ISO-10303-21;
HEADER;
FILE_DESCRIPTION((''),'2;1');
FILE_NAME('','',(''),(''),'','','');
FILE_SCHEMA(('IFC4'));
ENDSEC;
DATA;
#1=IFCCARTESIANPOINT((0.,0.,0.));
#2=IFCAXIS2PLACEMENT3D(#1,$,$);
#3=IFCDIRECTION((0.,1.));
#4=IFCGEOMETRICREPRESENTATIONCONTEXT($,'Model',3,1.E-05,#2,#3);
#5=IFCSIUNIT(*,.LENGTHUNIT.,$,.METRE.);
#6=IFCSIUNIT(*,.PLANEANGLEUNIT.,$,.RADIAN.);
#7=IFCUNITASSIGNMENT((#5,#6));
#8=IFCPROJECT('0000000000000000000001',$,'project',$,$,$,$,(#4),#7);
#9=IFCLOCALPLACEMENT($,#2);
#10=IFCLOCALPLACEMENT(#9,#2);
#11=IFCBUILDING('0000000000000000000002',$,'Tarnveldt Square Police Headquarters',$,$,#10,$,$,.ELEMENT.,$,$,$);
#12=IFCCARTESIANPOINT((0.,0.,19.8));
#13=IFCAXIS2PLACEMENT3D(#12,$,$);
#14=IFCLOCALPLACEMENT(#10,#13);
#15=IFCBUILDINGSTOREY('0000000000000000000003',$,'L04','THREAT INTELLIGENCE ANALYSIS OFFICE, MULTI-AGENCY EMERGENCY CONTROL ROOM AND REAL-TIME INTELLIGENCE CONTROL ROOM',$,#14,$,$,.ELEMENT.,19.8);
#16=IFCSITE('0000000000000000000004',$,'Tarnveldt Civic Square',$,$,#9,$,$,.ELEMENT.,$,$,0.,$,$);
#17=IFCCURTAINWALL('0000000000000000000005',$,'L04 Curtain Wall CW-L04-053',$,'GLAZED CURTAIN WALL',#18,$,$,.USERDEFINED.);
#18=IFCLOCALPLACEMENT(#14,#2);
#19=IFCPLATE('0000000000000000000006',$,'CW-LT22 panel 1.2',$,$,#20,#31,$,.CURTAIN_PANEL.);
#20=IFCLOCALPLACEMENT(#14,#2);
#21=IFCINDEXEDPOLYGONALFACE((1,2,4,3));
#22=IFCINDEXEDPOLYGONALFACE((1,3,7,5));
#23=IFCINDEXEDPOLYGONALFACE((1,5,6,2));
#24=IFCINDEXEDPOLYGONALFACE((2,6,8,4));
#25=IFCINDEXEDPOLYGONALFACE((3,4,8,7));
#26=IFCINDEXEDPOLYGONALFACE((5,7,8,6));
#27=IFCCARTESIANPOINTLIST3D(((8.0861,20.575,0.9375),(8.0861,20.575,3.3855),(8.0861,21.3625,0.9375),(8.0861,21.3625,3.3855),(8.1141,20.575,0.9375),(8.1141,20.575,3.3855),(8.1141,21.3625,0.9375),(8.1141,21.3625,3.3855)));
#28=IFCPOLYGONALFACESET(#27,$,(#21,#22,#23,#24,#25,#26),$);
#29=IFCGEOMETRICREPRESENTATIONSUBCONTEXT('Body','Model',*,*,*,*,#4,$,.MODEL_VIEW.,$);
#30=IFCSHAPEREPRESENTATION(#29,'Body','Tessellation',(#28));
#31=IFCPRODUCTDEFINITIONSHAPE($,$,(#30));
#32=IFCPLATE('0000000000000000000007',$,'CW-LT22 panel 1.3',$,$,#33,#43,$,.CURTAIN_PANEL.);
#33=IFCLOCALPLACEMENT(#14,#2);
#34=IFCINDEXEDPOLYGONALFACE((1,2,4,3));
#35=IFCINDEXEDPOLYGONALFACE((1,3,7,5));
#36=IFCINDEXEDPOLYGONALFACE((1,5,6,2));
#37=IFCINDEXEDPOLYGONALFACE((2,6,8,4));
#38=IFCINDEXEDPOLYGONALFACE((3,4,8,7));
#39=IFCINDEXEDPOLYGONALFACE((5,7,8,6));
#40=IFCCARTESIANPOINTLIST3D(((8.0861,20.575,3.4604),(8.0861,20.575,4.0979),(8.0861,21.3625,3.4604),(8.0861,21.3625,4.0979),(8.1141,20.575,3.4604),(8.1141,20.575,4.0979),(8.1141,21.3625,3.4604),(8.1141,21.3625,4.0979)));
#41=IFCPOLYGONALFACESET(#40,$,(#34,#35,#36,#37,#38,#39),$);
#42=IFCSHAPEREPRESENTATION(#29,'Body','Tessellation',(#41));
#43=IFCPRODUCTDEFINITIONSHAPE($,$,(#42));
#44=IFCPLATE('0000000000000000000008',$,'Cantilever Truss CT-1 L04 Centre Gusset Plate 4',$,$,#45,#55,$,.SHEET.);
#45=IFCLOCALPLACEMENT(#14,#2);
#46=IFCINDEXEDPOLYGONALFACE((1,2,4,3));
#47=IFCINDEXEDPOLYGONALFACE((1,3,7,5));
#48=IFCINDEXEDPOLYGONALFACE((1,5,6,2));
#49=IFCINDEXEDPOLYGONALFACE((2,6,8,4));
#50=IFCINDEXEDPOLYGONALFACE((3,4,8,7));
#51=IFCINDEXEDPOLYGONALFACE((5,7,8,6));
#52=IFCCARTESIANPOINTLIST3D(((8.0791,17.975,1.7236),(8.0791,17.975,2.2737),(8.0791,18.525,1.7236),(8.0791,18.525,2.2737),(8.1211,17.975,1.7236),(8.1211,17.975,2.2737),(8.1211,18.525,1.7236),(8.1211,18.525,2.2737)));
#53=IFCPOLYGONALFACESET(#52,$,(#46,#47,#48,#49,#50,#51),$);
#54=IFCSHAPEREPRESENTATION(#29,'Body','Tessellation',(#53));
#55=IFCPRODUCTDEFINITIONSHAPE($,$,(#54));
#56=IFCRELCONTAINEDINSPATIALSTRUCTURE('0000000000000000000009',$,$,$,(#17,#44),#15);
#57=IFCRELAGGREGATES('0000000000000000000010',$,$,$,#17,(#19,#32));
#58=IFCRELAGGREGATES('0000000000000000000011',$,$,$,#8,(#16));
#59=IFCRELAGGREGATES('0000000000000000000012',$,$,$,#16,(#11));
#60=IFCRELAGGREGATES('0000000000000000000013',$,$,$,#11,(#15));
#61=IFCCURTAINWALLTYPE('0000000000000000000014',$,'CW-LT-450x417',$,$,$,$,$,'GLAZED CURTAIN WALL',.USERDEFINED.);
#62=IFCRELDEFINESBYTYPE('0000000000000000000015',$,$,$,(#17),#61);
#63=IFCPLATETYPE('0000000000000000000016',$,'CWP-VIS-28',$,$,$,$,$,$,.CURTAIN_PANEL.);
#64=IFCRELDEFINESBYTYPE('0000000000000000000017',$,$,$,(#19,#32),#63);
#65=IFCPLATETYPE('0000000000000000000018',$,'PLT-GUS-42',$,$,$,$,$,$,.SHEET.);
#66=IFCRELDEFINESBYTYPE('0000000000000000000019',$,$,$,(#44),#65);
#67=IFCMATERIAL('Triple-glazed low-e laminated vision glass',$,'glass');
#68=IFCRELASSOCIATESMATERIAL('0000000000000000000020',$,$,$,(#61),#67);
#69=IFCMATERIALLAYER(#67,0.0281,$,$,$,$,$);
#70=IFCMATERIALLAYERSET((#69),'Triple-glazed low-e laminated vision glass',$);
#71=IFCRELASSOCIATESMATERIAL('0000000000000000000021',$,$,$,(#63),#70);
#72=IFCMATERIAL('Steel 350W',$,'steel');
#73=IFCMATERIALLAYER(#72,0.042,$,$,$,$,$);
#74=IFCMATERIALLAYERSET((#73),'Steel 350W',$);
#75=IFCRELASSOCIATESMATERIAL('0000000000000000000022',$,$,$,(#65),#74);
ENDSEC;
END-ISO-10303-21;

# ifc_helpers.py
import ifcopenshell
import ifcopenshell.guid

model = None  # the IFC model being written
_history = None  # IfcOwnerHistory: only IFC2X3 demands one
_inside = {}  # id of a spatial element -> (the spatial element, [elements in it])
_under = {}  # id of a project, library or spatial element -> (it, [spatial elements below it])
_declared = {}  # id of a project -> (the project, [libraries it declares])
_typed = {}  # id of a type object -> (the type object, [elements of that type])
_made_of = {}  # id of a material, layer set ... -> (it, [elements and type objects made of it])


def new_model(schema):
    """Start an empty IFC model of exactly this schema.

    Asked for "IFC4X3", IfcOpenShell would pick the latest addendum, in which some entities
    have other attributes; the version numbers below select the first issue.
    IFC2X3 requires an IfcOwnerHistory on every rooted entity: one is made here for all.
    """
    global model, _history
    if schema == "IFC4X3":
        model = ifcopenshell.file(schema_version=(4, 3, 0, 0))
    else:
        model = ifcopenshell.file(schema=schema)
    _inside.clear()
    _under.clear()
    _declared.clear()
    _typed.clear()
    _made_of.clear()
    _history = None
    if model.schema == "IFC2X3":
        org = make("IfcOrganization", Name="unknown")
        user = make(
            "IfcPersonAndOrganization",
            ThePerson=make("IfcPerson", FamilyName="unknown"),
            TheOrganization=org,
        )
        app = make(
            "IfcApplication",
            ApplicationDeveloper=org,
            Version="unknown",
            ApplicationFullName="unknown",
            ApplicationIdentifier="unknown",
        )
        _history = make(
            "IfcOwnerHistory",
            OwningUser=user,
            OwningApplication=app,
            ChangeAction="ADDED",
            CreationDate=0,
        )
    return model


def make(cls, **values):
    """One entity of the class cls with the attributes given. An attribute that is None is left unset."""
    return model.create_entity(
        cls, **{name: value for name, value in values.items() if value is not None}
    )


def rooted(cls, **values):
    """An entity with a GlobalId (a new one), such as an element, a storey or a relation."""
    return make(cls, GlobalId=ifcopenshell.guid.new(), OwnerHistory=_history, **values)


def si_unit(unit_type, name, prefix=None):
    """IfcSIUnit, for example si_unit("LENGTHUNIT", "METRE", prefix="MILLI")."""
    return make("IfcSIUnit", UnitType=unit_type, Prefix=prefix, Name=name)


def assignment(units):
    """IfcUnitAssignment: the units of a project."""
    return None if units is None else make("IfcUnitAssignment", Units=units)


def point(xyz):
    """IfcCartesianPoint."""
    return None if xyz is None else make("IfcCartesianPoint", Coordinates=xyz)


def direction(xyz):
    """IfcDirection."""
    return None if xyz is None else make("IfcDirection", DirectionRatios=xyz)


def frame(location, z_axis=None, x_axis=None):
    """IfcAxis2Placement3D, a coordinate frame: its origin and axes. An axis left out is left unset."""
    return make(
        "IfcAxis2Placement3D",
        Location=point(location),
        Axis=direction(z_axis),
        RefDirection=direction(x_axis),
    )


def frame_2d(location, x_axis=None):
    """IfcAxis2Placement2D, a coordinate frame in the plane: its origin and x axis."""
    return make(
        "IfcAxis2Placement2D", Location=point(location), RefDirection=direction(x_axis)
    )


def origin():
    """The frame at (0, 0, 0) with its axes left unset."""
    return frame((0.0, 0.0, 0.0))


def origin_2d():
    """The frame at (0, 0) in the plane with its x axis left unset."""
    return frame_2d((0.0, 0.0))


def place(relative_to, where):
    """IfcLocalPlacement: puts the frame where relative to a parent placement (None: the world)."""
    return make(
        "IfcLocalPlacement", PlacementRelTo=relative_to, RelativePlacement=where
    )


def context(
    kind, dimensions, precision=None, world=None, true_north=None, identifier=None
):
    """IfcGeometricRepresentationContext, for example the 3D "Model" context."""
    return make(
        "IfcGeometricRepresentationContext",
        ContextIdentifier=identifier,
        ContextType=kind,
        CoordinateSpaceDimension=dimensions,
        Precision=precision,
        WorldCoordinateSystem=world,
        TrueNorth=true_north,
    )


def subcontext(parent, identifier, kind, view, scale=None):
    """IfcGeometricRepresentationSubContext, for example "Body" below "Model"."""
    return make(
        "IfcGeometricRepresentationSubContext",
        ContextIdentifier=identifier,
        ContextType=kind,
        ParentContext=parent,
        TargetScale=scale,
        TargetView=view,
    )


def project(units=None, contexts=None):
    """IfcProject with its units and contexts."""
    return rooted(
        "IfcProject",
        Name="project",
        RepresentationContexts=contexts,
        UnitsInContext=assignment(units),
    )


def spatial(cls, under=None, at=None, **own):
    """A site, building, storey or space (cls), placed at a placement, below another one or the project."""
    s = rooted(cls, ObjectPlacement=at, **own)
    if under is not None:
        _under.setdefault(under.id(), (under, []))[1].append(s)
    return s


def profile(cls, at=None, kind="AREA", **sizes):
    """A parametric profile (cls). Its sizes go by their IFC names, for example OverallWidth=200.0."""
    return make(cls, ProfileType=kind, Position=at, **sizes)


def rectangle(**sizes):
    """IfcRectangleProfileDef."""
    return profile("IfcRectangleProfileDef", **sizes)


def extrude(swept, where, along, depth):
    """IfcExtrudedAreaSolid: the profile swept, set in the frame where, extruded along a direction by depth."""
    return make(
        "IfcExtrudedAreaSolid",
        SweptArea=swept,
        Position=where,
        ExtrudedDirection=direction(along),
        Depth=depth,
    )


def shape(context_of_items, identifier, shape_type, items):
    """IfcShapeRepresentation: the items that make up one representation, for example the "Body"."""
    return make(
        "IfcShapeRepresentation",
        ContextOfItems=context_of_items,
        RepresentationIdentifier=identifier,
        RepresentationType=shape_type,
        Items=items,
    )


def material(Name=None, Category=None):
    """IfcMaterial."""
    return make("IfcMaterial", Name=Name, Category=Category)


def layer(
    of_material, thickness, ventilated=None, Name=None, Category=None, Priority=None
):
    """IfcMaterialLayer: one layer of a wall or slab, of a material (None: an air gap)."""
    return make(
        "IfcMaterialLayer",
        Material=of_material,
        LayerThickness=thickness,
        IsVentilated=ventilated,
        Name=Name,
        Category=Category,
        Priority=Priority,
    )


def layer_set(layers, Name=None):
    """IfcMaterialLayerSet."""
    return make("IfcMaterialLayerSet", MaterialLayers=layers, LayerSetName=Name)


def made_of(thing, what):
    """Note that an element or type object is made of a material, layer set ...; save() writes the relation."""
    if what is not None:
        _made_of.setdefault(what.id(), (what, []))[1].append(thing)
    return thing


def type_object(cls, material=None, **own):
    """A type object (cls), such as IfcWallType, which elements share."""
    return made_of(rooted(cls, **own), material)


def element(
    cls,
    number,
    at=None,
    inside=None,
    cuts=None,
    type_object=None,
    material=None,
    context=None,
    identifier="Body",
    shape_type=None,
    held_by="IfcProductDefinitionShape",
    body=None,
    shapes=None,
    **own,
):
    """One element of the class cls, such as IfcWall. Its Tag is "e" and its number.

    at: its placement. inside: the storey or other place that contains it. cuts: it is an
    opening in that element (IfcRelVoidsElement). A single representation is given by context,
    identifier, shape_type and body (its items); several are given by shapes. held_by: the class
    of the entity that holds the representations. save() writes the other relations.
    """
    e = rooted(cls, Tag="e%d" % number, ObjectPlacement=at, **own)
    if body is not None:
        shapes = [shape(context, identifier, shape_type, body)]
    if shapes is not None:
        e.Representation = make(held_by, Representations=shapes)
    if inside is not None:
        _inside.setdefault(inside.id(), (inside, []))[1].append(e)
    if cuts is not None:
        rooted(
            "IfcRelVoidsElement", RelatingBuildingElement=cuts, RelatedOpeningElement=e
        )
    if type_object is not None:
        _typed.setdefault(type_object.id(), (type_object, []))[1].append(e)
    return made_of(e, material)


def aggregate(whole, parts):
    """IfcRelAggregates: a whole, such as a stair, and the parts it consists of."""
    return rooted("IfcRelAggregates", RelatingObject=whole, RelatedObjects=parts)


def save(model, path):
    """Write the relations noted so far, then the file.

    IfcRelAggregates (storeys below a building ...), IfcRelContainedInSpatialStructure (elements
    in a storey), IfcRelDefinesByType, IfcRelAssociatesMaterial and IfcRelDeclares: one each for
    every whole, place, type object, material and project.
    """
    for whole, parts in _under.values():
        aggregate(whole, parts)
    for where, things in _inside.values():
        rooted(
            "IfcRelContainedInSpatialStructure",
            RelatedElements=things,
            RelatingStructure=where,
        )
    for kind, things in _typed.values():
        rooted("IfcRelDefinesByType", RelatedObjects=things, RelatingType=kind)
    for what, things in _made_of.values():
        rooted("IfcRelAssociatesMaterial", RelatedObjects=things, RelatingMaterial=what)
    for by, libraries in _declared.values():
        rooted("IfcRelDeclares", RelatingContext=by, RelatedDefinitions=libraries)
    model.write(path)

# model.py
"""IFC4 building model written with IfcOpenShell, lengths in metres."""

from ifc_helpers import new_model, si_unit, direction, frame, origin, origin_2d, place, context, subcontext, project, spatial, rectangle, extrude, material, layer, layer_set, type_object, element, aggregate, save


model = new_model("IFC4")

# Units and contexts
model_context = context("Model", 3, precision=1e-05, world=origin(), true_north=direction((0.0, 1.0)))
body_context = subcontext(model_context, "Body", "Model", "MODEL_VIEW")
ifc_project = project(units=[si_unit("LENGTHUNIT", "METRE"), si_unit("PLANEANGLEUNIT", "RADIAN")], contexts=[model_context])

# Site, building, storey
site_placement = place(None, origin())
site = spatial("IfcSite", under=ifc_project, at=site_placement, Name="Tarnveldt Civic Square", CompositionType="ELEMENT", RefElevation=0.0)
building_placement = place(site_placement, origin())
building = spatial("IfcBuilding", under=site, at=building_placement, Name="Tarnveldt Square Police Headquarters", CompositionType="ELEMENT")
storey_placement = place(building_placement, frame((0.0, 0.0, 19.8)))
storey = spatial("IfcBuildingStorey", under=building, at=storey_placement, Name="L04", Description="THREAT INTELLIGENCE ANALYSIS OFFICE, MULTI-AGENCY EMERGENCY CONTROL ROOM AND REAL-TIME INTELLIGENCE CONTROL ROOM", CompositionType="ELEMENT", Elevation=19.8)

# Shared definitions
ifc_material_1 = material(Name="Steel 350W", Category="steel")

# Curtain wall
ifc_material_2 = material(Name="Triple-glazed low-e laminated vision glass", Category="glass")
curtain_wall_type_1 = type_object("IfcCurtainWallType", Name="CW-LT-450x417", ElementType="GLAZED CURTAIN WALL", PredefinedType="USERDEFINED", material=ifc_material_2)
curtain_wall_1_placement = place(storey_placement, origin())
curtain_wall_1 = element("IfcCurtainWall", 1, at=curtain_wall_1_placement, inside=storey, type_object=curtain_wall_type_1, Name="L04 Curtain Wall CW-L04-053", ObjectType="GLAZED CURTAIN WALL", PredefinedType="USERDEFINED")

# Plates
ifc_layer_1 = layer(ifc_material_2, 0.0281)
ifc_layer_set_1 = layer_set([ifc_layer_1], Name="Triple-glazed low-e laminated vision glass")
plate_type_1 = type_object("IfcPlateType", Name="CWP-VIS-28", PredefinedType="CURTAIN_PANEL", material=ifc_layer_set_1)
plate_1_placement = place(storey_placement, frame((8.1001, 20.9688, 0.9375), z_axis=(0.0, 0.0, 1.0), x_axis=(0.0, 1.0, 0.0)))
plate_1 = element("IfcPlate", 2, at=plate_1_placement, type_object=plate_type_1, Name="CW-LT22 panel 1.2", PredefinedType="CURTAIN_PANEL", context=body_context, shape_type="SweptSolid", body=[
    extrude(rectangle(XDim=0.7876, YDim=0.0281, at=origin_2d()), origin(), (0.0, 0.0, 1.0), 2.448),
])
plate_2_placement = place(storey_placement, frame((8.1001, 20.9688, 3.4604), z_axis=(0.0, 0.0, 1.0), x_axis=(0.0, 1.0, 0.0)))
plate_2 = element("IfcPlate", 3, at=plate_2_placement, type_object=plate_type_1, Name="CW-LT22 panel 1.3", PredefinedType="CURTAIN_PANEL", context=body_context, shape_type="SweptSolid", body=[
    extrude(rectangle(XDim=0.7876, YDim=0.0281, at=origin_2d()), origin(), (0.0, 0.0, 1.0), 0.6375),
])
aggregate(curtain_wall_1, [plate_1, plate_2])
ifc_layer_2 = layer(ifc_material_1, 0.042)
ifc_layer_set_2 = layer_set([ifc_layer_2], Name="Steel 350W")
plate_type_2 = type_object("IfcPlateType", Name="PLT-GUS-42", PredefinedType="SHEET", material=ifc_layer_set_2)
plate_3_placement = place(storey_placement, frame((8.1001, 18.25, 1.7236), z_axis=(0.0, 0.0, 1.0), x_axis=(1.0, 0.0, 0.0)))
element("IfcPlate", 4, at=plate_3_placement, inside=storey, type_object=plate_type_2, Name="Cantilever Truss CT-1 L04 Centre Gusset Plate 4", PredefinedType="SHEET", context=body_context, shape_type="SweptSolid", body=[
    extrude(rectangle(XDim=0.042, YDim=0.55, at=origin_2d()), origin(), (0.0, 0.0, 1.0), 0.55),
])

save(model, "model.ifc")
